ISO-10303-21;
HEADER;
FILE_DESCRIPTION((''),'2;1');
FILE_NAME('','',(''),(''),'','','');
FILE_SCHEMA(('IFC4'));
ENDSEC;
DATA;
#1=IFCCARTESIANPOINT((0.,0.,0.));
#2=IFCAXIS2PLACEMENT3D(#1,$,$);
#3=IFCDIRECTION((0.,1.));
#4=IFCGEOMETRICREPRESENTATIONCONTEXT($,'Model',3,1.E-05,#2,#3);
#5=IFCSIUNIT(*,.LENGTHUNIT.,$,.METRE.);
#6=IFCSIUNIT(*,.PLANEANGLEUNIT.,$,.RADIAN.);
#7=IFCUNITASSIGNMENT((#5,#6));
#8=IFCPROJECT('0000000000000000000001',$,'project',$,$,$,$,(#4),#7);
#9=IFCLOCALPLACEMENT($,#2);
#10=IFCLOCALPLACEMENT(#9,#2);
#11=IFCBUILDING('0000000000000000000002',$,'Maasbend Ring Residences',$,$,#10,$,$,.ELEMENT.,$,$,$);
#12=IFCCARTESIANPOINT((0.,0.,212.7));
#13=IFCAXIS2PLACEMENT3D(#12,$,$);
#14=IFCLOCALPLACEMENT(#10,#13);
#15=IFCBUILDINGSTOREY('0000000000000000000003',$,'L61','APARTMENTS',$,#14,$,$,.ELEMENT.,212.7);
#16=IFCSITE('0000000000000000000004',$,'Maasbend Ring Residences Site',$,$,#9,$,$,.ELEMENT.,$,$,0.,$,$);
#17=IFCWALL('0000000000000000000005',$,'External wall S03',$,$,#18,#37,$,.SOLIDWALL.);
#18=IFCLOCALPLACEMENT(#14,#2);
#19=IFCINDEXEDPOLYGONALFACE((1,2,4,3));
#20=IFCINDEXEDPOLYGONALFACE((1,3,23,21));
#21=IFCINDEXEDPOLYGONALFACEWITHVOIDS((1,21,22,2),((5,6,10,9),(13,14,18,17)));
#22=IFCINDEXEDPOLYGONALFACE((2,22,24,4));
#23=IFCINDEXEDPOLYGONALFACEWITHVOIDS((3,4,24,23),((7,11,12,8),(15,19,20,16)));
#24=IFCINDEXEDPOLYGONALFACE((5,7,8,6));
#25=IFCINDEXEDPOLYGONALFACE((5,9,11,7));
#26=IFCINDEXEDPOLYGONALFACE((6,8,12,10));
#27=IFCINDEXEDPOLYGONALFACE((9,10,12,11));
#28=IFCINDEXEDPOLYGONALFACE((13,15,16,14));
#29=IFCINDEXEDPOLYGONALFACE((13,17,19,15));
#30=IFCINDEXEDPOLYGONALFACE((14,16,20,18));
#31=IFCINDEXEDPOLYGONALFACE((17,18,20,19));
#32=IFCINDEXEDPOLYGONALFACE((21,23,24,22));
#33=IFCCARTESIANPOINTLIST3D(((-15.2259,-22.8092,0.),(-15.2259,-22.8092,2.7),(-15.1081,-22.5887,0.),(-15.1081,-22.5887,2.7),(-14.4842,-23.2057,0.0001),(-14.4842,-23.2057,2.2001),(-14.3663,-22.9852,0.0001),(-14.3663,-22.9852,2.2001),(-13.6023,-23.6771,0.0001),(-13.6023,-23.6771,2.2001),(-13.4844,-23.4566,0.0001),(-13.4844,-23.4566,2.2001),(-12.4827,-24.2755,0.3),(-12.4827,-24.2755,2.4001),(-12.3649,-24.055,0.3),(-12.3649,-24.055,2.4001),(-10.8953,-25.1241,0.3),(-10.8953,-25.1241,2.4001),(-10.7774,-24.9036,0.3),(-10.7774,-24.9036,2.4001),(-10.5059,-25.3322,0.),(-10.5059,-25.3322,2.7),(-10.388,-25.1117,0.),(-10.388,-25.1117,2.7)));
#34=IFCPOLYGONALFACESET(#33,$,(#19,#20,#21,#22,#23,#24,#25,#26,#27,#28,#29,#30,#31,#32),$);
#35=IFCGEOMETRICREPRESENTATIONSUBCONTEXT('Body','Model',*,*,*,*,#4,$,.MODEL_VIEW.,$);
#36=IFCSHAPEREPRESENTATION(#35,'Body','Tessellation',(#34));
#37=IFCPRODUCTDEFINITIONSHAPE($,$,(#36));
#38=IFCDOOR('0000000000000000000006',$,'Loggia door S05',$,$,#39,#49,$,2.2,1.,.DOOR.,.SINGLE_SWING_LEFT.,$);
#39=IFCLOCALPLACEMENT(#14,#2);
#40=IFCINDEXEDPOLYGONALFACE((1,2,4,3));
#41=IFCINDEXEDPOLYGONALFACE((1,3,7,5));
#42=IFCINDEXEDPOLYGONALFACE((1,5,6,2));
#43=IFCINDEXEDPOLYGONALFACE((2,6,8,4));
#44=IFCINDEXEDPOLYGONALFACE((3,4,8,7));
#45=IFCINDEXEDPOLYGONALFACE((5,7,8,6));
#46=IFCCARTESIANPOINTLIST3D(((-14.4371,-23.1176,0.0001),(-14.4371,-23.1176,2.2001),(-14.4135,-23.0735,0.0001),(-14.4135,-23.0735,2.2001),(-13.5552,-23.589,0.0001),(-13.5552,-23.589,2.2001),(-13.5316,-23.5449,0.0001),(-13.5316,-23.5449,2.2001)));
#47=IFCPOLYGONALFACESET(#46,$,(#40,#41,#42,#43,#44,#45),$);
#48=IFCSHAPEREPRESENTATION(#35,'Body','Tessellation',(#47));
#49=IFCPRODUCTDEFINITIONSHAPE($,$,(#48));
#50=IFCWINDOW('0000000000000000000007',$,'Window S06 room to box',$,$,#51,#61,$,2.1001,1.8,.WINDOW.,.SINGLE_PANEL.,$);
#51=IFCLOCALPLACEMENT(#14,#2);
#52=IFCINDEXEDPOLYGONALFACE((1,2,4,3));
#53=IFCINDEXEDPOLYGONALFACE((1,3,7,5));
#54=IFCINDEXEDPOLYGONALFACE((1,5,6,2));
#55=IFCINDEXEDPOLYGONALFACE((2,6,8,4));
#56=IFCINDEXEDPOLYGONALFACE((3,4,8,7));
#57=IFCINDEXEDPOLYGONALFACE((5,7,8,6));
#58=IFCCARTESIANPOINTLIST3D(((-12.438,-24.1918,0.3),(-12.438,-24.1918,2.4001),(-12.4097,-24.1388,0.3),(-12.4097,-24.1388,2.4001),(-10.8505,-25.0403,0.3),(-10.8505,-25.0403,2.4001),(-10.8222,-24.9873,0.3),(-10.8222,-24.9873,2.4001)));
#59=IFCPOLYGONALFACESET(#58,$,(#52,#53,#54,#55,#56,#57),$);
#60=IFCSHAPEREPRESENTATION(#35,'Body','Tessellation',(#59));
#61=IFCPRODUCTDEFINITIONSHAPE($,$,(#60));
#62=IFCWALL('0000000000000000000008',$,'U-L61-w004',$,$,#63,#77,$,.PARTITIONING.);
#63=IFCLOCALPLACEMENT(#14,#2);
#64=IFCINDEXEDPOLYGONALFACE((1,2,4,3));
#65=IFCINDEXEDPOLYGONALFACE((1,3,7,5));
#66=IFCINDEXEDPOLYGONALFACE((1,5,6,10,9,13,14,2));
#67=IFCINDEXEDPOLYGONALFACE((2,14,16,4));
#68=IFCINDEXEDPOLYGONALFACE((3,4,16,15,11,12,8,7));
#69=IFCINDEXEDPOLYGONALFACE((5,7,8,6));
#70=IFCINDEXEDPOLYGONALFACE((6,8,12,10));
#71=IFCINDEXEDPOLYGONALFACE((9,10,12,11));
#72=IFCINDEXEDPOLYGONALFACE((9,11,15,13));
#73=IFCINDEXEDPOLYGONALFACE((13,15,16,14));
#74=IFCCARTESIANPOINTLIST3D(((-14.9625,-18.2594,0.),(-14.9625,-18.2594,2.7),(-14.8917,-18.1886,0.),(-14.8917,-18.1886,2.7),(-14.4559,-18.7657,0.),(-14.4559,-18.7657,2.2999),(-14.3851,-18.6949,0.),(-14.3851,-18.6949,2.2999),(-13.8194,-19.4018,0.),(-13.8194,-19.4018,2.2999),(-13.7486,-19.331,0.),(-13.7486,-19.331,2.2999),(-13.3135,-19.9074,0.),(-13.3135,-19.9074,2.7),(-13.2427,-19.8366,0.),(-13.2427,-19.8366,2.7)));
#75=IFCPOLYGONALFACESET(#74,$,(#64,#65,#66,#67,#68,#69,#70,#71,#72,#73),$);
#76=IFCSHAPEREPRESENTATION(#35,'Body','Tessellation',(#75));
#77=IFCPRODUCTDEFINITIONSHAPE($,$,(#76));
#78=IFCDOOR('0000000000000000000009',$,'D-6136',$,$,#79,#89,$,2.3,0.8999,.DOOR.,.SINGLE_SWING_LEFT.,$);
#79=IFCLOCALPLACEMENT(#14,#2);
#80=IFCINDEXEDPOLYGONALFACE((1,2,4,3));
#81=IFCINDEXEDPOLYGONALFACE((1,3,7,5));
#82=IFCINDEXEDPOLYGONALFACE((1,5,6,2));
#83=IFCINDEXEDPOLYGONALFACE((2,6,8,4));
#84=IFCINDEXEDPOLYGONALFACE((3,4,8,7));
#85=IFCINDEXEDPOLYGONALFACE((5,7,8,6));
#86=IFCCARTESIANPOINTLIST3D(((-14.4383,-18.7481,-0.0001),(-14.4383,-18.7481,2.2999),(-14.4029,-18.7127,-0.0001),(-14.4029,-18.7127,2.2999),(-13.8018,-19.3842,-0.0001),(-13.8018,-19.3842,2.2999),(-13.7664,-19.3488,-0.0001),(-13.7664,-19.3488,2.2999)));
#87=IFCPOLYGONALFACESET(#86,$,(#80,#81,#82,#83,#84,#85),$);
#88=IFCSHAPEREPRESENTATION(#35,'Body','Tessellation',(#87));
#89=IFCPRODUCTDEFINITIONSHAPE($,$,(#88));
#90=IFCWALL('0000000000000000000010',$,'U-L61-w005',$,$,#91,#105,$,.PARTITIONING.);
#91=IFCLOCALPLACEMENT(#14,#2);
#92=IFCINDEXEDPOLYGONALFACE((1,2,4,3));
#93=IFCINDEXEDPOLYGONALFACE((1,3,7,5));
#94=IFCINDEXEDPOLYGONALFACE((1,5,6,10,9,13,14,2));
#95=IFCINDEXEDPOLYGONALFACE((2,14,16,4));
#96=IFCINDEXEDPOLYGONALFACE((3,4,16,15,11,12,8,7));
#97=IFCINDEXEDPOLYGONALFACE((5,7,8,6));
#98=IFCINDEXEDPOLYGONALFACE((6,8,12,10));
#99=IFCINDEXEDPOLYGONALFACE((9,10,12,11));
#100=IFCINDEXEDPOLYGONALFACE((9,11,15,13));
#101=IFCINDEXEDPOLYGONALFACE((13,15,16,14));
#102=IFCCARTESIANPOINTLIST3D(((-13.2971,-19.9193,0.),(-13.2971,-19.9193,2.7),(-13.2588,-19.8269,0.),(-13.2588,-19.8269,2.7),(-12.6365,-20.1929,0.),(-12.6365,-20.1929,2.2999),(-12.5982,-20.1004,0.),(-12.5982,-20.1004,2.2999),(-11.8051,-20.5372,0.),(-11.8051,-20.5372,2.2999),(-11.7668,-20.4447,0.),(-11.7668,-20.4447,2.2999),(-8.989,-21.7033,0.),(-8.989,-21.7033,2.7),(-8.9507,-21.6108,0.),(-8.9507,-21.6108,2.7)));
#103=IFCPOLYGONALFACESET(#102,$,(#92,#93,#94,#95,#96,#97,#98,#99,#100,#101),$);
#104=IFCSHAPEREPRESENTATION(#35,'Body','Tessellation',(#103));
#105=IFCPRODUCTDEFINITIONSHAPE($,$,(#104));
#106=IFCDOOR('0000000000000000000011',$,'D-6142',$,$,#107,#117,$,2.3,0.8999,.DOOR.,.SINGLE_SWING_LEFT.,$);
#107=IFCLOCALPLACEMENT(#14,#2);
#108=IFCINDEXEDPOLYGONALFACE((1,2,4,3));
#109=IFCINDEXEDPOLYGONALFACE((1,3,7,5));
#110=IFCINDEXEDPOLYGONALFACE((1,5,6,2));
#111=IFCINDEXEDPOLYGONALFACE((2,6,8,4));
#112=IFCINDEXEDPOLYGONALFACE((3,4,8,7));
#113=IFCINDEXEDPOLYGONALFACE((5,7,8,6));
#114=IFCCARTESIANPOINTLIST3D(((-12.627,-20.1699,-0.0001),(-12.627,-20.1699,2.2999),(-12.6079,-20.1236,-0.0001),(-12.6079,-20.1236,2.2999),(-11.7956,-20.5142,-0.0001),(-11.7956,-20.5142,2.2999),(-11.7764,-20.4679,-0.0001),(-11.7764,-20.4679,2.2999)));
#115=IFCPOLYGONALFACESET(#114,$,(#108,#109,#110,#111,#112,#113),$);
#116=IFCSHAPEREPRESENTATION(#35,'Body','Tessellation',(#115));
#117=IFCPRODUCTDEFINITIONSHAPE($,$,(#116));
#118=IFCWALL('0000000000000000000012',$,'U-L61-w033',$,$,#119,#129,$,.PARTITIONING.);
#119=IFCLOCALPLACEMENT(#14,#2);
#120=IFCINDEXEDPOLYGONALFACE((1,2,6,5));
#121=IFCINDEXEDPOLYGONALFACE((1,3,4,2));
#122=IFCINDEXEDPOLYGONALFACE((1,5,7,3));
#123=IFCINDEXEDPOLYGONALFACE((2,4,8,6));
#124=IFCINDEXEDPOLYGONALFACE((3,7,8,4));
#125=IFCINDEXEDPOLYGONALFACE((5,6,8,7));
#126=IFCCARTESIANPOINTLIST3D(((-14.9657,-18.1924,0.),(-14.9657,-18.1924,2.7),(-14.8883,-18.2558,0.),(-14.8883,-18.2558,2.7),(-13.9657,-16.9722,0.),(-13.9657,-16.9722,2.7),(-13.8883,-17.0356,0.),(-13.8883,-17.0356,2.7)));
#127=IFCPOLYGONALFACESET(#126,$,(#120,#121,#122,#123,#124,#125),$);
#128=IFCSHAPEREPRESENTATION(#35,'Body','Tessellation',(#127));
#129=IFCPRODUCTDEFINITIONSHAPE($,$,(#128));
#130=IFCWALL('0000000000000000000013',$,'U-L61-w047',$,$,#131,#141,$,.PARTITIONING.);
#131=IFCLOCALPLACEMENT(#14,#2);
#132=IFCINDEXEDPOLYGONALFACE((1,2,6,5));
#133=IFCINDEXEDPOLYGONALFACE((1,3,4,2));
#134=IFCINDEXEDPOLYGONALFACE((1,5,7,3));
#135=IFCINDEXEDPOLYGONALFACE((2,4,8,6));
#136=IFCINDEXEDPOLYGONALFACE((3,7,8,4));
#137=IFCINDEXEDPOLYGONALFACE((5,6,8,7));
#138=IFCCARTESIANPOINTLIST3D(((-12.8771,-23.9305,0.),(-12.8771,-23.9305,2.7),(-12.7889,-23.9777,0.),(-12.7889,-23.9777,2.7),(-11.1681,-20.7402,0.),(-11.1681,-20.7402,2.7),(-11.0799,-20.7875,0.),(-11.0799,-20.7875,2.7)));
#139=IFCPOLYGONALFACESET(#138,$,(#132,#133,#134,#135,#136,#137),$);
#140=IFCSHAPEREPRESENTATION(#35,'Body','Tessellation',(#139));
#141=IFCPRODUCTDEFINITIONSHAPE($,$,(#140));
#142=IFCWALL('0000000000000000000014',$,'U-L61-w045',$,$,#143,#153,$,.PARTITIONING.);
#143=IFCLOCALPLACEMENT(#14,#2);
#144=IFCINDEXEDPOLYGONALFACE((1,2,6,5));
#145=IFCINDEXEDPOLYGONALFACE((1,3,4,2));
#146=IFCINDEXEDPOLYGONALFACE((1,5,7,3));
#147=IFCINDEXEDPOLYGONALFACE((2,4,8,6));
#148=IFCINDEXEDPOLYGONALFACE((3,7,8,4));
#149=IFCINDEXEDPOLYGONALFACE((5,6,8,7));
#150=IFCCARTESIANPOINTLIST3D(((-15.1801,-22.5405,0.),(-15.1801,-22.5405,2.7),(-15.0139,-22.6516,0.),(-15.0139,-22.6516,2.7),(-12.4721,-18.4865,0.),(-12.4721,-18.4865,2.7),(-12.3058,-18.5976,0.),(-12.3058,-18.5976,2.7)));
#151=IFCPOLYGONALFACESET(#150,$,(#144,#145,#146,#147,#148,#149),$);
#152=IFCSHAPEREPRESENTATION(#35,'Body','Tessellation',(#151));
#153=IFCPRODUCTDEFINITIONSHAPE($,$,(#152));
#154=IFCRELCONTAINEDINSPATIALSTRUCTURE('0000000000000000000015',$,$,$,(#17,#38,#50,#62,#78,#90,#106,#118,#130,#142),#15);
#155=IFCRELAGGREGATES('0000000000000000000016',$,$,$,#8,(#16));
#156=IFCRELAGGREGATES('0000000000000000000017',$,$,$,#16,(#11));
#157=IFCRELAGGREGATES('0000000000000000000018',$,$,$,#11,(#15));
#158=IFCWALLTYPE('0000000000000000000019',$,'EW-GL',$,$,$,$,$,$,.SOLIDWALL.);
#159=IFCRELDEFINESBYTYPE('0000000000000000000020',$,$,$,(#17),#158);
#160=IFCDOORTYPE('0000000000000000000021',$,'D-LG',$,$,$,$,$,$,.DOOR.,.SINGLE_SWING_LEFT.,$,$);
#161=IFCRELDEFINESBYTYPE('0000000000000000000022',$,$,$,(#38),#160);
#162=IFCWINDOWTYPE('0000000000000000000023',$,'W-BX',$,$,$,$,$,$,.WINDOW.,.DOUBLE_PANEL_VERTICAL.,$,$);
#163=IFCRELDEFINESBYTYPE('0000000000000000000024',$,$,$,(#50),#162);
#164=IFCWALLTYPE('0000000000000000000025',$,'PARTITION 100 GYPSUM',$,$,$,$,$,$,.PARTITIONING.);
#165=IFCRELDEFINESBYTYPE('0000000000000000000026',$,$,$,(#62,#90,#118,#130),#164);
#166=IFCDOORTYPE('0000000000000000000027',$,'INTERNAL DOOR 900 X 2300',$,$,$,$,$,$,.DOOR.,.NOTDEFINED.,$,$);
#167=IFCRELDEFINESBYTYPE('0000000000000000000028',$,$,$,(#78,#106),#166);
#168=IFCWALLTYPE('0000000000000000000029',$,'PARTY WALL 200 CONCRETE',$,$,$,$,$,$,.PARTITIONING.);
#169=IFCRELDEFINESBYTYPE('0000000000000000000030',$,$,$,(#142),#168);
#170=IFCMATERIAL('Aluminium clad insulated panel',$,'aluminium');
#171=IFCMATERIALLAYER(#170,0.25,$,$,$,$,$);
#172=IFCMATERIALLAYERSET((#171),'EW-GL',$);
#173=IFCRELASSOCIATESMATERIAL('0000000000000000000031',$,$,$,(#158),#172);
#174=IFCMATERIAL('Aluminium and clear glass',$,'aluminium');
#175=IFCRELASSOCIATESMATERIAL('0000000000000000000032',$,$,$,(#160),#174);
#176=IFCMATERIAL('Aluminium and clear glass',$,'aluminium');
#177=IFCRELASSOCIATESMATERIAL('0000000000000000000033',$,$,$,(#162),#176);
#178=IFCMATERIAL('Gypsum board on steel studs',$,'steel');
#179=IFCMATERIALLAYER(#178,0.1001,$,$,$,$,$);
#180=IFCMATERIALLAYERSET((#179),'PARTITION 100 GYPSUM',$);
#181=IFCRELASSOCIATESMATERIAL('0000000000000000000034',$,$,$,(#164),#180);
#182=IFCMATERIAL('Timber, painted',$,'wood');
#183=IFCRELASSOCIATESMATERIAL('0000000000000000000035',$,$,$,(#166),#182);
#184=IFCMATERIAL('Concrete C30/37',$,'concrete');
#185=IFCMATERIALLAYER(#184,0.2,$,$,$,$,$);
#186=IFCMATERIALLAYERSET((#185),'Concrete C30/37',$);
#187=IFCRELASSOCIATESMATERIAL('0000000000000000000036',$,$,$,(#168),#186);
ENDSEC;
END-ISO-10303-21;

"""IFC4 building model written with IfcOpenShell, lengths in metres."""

from ifc_helpers import new_model, si_unit, direction, frame, frame_2d, origin, place, context, subcontext, project, spatial, rectangle, extrude, material, layer, layer_set, type_object, element, fill, save


model = new_model("IFC4")

# Units and contexts
model_context = context("Model", 3, precision=1e-05, world=origin(), true_north=direction((0.0, 1.0)))
body_context = subcontext(model_context, "Body", "Model", "MODEL_VIEW")
ifc_project = project(units=[si_unit("LENGTHUNIT", "METRE"), si_unit("PLANEANGLEUNIT", "RADIAN")], contexts=[model_context])

# Site, building, storey
site_placement = place(None, origin())
site = spatial("IfcSite", under=ifc_project, at=site_placement, Name="Maasbend Ring Residences Site", CompositionType="ELEMENT", RefElevation=0.0)
building_placement = place(site_placement, origin())
building = spatial("IfcBuilding", under=site, at=building_placement, Name="Maasbend Ring Residences", CompositionType="ELEMENT")
storey_placement = place(building_placement, frame((0.0, 0.0, 212.7)))
storey = spatial("IfcBuildingStorey", under=building, at=storey_placement, Name="L61", Description="APARTMENTS", CompositionType="ELEMENT", Elevation=212.7)

# Wall, openings, door, window
ifc_material_1 = material(Name="Aluminium clad insulated panel", Category="aluminium")
ifc_layer_1 = layer(ifc_material_1, 0.25)
ifc_layer_set_1 = layer_set([ifc_layer_1], Name="EW-GL")
wall_type_1 = type_object("IfcWallType", Name="EW-GL", PredefinedType="SOLIDWALL", material=ifc_layer_set_1)
wall_1_placement = place(storey_placement, frame((-15.167, -22.699, 0.0), z_axis=(0.0, 0.0, 1.0), x_axis=(0.881916, -0.471407, 0.0)))
wall_1 = element("IfcWall", 1, at=wall_1_placement, inside=storey, type_object=wall_type_1, Name="External wall S03", PredefinedType="SOLIDWALL", context=body_context, shape_type="SweptSolid", body=[
    extrude(rectangle(XDim=5.3521, YDim=0.25, at=frame_2d((2.676, 0.0))), origin(), (0.0, 0.0, 1.0), 2.7),
])
opening_1_placement = place(wall_1_placement, frame((0.8411, 0.0, 0.0)))
opening_1 = element("IfcOpeningElement", 2, at=opening_1_placement, cuts=wall_1, PredefinedType="OPENING", context=body_context, shape_type="SweptSolid", body=[
    extrude(rectangle(XDim=1.0, YDim=2.2, at=frame_2d((0.5, 1.1001))), frame((0.0, 0.135, 0.0), z_axis=(0.0, -1.0, 0.0), x_axis=(1.0, 0.0, 0.0)), (0.0, 0.0, 1.0), 0.27),
])
opening_2_placement = place(wall_1_placement, frame((3.1106, 0.0, 0.3)))
opening_2 = element("IfcOpeningElement", 3, at=opening_2_placement, cuts=wall_1, PredefinedType="OPENING", context=body_context, shape_type="SweptSolid", body=[
    extrude(rectangle(XDim=1.8, YDim=2.1001, at=frame_2d((0.8999, 1.05))), frame((0.0, 0.135, 0.0), z_axis=(0.0, -1.0, 0.0), x_axis=(1.0, 0.0, 0.0)), (0.0, 0.0, 1.0), 0.27),
])
ifc_material_2 = material(Name="Aluminium and clear glass", Category="aluminium")
door_type_1 = type_object("IfcDoorType", Name="D-LG", OperationType="SINGLE_SWING_LEFT", PredefinedType="DOOR", material=ifc_material_2)
door_1_placement = place(opening_1_placement, origin())
door_1 = element("IfcDoor", 4, at=door_1_placement, inside=storey, type_object=door_type_1, Name="Loggia door S05", OperationType="SINGLE_SWING_LEFT", OverallHeight=2.2, OverallWidth=1.0, PredefinedType="DOOR", context=body_context, shape_type="SweptSolid", body=[
    extrude(rectangle(XDim=1.0, YDim=2.2, at=frame_2d((0.5, 1.1001))), frame((0.0, 0.0249, 0.0), z_axis=(0.0, -1.0, 0.0), x_axis=(1.0, 0.0, 0.0)), (0.0, 0.0, 1.0), 0.05),
])
fill(opening_1, door_1)
ifc_material_3 = material(Name="Aluminium and clear glass", Category="aluminium")
window_type_1 = type_object("IfcWindowType", Name="W-BX", PartitioningType="DOUBLE_PANEL_VERTICAL", PredefinedType="WINDOW", material=ifc_material_3)
window_1_placement = place(opening_2_placement, origin())
window_1 = element("IfcWindow", 5, at=window_1_placement, inside=storey, type_object=window_type_1, Name="Window S06 room to box", OverallHeight=2.1001, OverallWidth=1.8, PartitioningType="SINGLE_PANEL", PredefinedType="WINDOW", context=body_context, shape_type="SweptSolid", body=[
    extrude(rectangle(XDim=1.8, YDim=2.1001, at=frame_2d((0.8999, 1.05))), frame((0.0, 0.03, 0.0), z_axis=(0.0, -1.0, 0.0), x_axis=(1.0, 0.0, 0.0)), (0.0, 0.0, 1.0), 0.0601),
])
fill(opening_2, window_1)

# Walls, openings, doors
ifc_material_4 = material(Name="Gypsum board on steel studs", Category="steel")
ifc_layer_2 = layer(ifc_material_4, 0.1001)
ifc_layer_set_2 = layer_set([ifc_layer_2], Name="PARTITION 100 GYPSUM")
wall_type_2 = type_object("IfcWallType", Name="PARTITION 100 GYPSUM", PredefinedType="PARTITIONING", material=ifc_layer_set_2)
wall_2_placement = place(storey_placement, frame((-14.927, -18.2241, 0.0), z_axis=(0.0, 0.0, 1.0), x_axis=(0.707316, -0.706897, 0.0)))
wall_2 = element("IfcWall", 6, at=wall_2_placement, inside=storey, type_object=wall_type_2, Name="U-L61-w004", PredefinedType="PARTITIONING", context=body_context, shape_type="SweptSolid", body=[
    extrude(rectangle(XDim=2.3313, YDim=0.1001, at=frame_2d((1.1655, 0.0))), origin(), (0.0, 0.0, 1.0), 2.7),
])
opening_3_placement = place(wall_2_placement, frame((0.7161, 0.0, 0.0)))
opening_3 = element("IfcOpeningElement", 7, at=opening_3_placement, cuts=wall_2, PredefinedType="OPENING", context=body_context, shape_type="SweptSolid", body=[
    extrude(rectangle(XDim=0.8999, YDim=2.3, at=frame_2d((0.45, 1.1499))), frame((0.0, 0.0601, 0.0), z_axis=(0.0, -1.0, 0.0), x_axis=(1.0, 0.0, 0.0)), (0.0, 0.0, 1.0), 0.1201),
])
ifc_material_5 = material(Name="Timber, painted", Category="wood")
door_type_2 = type_object("IfcDoorType", Name="INTERNAL DOOR 900 X 2300", OperationType="NOTDEFINED", PredefinedType="DOOR", material=ifc_material_5)
door_2_placement = place(opening_3_placement, origin())
door_2 = element("IfcDoor", 8, at=door_2_placement, inside=storey, type_object=door_type_2, Name="D-6136", OperationType="SINGLE_SWING_LEFT", OverallHeight=2.3, OverallWidth=0.8999, PredefinedType="DOOR", context=body_context, shape_type="SweptSolid", body=[
    extrude(rectangle(XDim=0.8999, YDim=2.3, at=frame_2d((0.45, 1.1499))), frame((0.0, 0.0249, 0.0), z_axis=(0.0, -1.0, 0.0), x_axis=(1.0, 0.0, 0.0)), (0.0, 0.0, 1.0), 0.05),
])
fill(opening_3, door_2)
wall_3_placement = place(storey_placement, frame((-13.2781, -19.873, 0.0), z_axis=(0.0, 0.0, 1.0), x_axis=(0.92392, -0.382585, 0.0)))
wall_3 = element("IfcWall", 9, at=wall_3_placement, inside=storey, type_object=wall_type_2, Name="U-L61-w005", PredefinedType="PARTITIONING", context=body_context, shape_type="SweptSolid", body=[
    extrude(rectangle(XDim=4.6628, YDim=0.1001, at=frame_2d((2.3315, 0.0))), origin(), (0.0, 0.0, 1.0), 2.7),
])
opening_4_placement = place(wall_3_placement, frame((0.7151, 0.0, 0.0)))
opening_4 = element("IfcOpeningElement", 10, at=opening_4_placement, cuts=wall_3, PredefinedType="OPENING", context=body_context, shape_type="SweptSolid", body=[
    extrude(rectangle(XDim=0.8999, YDim=2.3, at=frame_2d((0.45, 1.1499))), frame((0.0, 0.0601, 0.0), z_axis=(0.0, -1.0, 0.0), x_axis=(1.0, 0.0, 0.0)), (0.0, 0.0, 1.0), 0.1201),
])
door_3_placement = place(opening_4_placement, origin())
door_3 = element("IfcDoor", 11, at=door_3_placement, inside=storey, type_object=door_type_2, Name="D-6142", OperationType="SINGLE_SWING_LEFT", OverallHeight=2.3, OverallWidth=0.8999, PredefinedType="DOOR", context=body_context, shape_type="SweptSolid", body=[
    extrude(rectangle(XDim=0.8999, YDim=2.3, at=frame_2d((0.45, 1.1499))), frame((0.0, 0.0249, 0.0), z_axis=(0.0, -1.0, 0.0), x_axis=(1.0, 0.0, 0.0)), (0.0, 0.0, 1.0), 0.05),
])
fill(opening_4, door_3)

# Walls
wall_4_placement = place(storey_placement, frame((-14.927, -18.2241, 0.0), z_axis=(0.0, 0.0, 1.0), x_axis=(0.633861, 0.773447, 0.0)))
element("IfcWall", 12, at=wall_4_placement, inside=storey, type_object=wall_type_2, Name="U-L61-w033", PredefinedType="PARTITIONING", context=body_context, shape_type="SweptSolid", body=[
    extrude(rectangle(XDim=1.5776, YDim=0.1001, at=frame_2d((0.7888, 0.0))), origin(), (0.0, 0.0, 1.0), 2.7),
])
wall_5_placement = place(storey_placement, frame((-12.833, -23.9541, 0.0), z_axis=(0.0, 0.0, 1.0), x_axis=(0.472212, 0.881485, 0.0)))
element("IfcWall", 13, at=wall_5_placement, inside=storey, type_object=wall_type_2, Name="U-L61-w047", PredefinedType="PARTITIONING", context=body_context, shape_type="SweptSolid", body=[
    extrude(rectangle(XDim=3.6191, YDim=0.1001, at=frame_2d((1.8096, 0.0))), origin(), (0.0, 0.0, 1.0), 2.7),
])
ifc_material_6 = material(Name="Concrete C30/37", Category="concrete")
ifc_layer_3 = layer(ifc_material_6, 0.2)
ifc_layer_set_3 = layer_set([ifc_layer_3], Name="Concrete C30/37")
wall_type_3 = type_object("IfcWallType", Name="PARTY WALL 200 CONCRETE", PredefinedType="PARTITIONING", material=ifc_layer_set_3)
wall_6_placement = place(storey_placement, frame((-15.0969, -22.5959, 0.0), z_axis=(0.0, 0.0, 1.0), x_axis=(0.555463, 0.831541, 0.0)))
element("IfcWall", 14, at=wall_6_placement, inside=storey, type_object=wall_type_3, Name="U-L61-w045", PredefinedType="PARTITIONING", context=body_context, shape_type="SweptSolid", body=[
    extrude(rectangle(XDim=4.8752, YDim=0.2, at=frame_2d((2.4375, 0.0))), origin(), (0.0, 0.0, 1.0), 2.7),
])

save(model, "model.ifc")
